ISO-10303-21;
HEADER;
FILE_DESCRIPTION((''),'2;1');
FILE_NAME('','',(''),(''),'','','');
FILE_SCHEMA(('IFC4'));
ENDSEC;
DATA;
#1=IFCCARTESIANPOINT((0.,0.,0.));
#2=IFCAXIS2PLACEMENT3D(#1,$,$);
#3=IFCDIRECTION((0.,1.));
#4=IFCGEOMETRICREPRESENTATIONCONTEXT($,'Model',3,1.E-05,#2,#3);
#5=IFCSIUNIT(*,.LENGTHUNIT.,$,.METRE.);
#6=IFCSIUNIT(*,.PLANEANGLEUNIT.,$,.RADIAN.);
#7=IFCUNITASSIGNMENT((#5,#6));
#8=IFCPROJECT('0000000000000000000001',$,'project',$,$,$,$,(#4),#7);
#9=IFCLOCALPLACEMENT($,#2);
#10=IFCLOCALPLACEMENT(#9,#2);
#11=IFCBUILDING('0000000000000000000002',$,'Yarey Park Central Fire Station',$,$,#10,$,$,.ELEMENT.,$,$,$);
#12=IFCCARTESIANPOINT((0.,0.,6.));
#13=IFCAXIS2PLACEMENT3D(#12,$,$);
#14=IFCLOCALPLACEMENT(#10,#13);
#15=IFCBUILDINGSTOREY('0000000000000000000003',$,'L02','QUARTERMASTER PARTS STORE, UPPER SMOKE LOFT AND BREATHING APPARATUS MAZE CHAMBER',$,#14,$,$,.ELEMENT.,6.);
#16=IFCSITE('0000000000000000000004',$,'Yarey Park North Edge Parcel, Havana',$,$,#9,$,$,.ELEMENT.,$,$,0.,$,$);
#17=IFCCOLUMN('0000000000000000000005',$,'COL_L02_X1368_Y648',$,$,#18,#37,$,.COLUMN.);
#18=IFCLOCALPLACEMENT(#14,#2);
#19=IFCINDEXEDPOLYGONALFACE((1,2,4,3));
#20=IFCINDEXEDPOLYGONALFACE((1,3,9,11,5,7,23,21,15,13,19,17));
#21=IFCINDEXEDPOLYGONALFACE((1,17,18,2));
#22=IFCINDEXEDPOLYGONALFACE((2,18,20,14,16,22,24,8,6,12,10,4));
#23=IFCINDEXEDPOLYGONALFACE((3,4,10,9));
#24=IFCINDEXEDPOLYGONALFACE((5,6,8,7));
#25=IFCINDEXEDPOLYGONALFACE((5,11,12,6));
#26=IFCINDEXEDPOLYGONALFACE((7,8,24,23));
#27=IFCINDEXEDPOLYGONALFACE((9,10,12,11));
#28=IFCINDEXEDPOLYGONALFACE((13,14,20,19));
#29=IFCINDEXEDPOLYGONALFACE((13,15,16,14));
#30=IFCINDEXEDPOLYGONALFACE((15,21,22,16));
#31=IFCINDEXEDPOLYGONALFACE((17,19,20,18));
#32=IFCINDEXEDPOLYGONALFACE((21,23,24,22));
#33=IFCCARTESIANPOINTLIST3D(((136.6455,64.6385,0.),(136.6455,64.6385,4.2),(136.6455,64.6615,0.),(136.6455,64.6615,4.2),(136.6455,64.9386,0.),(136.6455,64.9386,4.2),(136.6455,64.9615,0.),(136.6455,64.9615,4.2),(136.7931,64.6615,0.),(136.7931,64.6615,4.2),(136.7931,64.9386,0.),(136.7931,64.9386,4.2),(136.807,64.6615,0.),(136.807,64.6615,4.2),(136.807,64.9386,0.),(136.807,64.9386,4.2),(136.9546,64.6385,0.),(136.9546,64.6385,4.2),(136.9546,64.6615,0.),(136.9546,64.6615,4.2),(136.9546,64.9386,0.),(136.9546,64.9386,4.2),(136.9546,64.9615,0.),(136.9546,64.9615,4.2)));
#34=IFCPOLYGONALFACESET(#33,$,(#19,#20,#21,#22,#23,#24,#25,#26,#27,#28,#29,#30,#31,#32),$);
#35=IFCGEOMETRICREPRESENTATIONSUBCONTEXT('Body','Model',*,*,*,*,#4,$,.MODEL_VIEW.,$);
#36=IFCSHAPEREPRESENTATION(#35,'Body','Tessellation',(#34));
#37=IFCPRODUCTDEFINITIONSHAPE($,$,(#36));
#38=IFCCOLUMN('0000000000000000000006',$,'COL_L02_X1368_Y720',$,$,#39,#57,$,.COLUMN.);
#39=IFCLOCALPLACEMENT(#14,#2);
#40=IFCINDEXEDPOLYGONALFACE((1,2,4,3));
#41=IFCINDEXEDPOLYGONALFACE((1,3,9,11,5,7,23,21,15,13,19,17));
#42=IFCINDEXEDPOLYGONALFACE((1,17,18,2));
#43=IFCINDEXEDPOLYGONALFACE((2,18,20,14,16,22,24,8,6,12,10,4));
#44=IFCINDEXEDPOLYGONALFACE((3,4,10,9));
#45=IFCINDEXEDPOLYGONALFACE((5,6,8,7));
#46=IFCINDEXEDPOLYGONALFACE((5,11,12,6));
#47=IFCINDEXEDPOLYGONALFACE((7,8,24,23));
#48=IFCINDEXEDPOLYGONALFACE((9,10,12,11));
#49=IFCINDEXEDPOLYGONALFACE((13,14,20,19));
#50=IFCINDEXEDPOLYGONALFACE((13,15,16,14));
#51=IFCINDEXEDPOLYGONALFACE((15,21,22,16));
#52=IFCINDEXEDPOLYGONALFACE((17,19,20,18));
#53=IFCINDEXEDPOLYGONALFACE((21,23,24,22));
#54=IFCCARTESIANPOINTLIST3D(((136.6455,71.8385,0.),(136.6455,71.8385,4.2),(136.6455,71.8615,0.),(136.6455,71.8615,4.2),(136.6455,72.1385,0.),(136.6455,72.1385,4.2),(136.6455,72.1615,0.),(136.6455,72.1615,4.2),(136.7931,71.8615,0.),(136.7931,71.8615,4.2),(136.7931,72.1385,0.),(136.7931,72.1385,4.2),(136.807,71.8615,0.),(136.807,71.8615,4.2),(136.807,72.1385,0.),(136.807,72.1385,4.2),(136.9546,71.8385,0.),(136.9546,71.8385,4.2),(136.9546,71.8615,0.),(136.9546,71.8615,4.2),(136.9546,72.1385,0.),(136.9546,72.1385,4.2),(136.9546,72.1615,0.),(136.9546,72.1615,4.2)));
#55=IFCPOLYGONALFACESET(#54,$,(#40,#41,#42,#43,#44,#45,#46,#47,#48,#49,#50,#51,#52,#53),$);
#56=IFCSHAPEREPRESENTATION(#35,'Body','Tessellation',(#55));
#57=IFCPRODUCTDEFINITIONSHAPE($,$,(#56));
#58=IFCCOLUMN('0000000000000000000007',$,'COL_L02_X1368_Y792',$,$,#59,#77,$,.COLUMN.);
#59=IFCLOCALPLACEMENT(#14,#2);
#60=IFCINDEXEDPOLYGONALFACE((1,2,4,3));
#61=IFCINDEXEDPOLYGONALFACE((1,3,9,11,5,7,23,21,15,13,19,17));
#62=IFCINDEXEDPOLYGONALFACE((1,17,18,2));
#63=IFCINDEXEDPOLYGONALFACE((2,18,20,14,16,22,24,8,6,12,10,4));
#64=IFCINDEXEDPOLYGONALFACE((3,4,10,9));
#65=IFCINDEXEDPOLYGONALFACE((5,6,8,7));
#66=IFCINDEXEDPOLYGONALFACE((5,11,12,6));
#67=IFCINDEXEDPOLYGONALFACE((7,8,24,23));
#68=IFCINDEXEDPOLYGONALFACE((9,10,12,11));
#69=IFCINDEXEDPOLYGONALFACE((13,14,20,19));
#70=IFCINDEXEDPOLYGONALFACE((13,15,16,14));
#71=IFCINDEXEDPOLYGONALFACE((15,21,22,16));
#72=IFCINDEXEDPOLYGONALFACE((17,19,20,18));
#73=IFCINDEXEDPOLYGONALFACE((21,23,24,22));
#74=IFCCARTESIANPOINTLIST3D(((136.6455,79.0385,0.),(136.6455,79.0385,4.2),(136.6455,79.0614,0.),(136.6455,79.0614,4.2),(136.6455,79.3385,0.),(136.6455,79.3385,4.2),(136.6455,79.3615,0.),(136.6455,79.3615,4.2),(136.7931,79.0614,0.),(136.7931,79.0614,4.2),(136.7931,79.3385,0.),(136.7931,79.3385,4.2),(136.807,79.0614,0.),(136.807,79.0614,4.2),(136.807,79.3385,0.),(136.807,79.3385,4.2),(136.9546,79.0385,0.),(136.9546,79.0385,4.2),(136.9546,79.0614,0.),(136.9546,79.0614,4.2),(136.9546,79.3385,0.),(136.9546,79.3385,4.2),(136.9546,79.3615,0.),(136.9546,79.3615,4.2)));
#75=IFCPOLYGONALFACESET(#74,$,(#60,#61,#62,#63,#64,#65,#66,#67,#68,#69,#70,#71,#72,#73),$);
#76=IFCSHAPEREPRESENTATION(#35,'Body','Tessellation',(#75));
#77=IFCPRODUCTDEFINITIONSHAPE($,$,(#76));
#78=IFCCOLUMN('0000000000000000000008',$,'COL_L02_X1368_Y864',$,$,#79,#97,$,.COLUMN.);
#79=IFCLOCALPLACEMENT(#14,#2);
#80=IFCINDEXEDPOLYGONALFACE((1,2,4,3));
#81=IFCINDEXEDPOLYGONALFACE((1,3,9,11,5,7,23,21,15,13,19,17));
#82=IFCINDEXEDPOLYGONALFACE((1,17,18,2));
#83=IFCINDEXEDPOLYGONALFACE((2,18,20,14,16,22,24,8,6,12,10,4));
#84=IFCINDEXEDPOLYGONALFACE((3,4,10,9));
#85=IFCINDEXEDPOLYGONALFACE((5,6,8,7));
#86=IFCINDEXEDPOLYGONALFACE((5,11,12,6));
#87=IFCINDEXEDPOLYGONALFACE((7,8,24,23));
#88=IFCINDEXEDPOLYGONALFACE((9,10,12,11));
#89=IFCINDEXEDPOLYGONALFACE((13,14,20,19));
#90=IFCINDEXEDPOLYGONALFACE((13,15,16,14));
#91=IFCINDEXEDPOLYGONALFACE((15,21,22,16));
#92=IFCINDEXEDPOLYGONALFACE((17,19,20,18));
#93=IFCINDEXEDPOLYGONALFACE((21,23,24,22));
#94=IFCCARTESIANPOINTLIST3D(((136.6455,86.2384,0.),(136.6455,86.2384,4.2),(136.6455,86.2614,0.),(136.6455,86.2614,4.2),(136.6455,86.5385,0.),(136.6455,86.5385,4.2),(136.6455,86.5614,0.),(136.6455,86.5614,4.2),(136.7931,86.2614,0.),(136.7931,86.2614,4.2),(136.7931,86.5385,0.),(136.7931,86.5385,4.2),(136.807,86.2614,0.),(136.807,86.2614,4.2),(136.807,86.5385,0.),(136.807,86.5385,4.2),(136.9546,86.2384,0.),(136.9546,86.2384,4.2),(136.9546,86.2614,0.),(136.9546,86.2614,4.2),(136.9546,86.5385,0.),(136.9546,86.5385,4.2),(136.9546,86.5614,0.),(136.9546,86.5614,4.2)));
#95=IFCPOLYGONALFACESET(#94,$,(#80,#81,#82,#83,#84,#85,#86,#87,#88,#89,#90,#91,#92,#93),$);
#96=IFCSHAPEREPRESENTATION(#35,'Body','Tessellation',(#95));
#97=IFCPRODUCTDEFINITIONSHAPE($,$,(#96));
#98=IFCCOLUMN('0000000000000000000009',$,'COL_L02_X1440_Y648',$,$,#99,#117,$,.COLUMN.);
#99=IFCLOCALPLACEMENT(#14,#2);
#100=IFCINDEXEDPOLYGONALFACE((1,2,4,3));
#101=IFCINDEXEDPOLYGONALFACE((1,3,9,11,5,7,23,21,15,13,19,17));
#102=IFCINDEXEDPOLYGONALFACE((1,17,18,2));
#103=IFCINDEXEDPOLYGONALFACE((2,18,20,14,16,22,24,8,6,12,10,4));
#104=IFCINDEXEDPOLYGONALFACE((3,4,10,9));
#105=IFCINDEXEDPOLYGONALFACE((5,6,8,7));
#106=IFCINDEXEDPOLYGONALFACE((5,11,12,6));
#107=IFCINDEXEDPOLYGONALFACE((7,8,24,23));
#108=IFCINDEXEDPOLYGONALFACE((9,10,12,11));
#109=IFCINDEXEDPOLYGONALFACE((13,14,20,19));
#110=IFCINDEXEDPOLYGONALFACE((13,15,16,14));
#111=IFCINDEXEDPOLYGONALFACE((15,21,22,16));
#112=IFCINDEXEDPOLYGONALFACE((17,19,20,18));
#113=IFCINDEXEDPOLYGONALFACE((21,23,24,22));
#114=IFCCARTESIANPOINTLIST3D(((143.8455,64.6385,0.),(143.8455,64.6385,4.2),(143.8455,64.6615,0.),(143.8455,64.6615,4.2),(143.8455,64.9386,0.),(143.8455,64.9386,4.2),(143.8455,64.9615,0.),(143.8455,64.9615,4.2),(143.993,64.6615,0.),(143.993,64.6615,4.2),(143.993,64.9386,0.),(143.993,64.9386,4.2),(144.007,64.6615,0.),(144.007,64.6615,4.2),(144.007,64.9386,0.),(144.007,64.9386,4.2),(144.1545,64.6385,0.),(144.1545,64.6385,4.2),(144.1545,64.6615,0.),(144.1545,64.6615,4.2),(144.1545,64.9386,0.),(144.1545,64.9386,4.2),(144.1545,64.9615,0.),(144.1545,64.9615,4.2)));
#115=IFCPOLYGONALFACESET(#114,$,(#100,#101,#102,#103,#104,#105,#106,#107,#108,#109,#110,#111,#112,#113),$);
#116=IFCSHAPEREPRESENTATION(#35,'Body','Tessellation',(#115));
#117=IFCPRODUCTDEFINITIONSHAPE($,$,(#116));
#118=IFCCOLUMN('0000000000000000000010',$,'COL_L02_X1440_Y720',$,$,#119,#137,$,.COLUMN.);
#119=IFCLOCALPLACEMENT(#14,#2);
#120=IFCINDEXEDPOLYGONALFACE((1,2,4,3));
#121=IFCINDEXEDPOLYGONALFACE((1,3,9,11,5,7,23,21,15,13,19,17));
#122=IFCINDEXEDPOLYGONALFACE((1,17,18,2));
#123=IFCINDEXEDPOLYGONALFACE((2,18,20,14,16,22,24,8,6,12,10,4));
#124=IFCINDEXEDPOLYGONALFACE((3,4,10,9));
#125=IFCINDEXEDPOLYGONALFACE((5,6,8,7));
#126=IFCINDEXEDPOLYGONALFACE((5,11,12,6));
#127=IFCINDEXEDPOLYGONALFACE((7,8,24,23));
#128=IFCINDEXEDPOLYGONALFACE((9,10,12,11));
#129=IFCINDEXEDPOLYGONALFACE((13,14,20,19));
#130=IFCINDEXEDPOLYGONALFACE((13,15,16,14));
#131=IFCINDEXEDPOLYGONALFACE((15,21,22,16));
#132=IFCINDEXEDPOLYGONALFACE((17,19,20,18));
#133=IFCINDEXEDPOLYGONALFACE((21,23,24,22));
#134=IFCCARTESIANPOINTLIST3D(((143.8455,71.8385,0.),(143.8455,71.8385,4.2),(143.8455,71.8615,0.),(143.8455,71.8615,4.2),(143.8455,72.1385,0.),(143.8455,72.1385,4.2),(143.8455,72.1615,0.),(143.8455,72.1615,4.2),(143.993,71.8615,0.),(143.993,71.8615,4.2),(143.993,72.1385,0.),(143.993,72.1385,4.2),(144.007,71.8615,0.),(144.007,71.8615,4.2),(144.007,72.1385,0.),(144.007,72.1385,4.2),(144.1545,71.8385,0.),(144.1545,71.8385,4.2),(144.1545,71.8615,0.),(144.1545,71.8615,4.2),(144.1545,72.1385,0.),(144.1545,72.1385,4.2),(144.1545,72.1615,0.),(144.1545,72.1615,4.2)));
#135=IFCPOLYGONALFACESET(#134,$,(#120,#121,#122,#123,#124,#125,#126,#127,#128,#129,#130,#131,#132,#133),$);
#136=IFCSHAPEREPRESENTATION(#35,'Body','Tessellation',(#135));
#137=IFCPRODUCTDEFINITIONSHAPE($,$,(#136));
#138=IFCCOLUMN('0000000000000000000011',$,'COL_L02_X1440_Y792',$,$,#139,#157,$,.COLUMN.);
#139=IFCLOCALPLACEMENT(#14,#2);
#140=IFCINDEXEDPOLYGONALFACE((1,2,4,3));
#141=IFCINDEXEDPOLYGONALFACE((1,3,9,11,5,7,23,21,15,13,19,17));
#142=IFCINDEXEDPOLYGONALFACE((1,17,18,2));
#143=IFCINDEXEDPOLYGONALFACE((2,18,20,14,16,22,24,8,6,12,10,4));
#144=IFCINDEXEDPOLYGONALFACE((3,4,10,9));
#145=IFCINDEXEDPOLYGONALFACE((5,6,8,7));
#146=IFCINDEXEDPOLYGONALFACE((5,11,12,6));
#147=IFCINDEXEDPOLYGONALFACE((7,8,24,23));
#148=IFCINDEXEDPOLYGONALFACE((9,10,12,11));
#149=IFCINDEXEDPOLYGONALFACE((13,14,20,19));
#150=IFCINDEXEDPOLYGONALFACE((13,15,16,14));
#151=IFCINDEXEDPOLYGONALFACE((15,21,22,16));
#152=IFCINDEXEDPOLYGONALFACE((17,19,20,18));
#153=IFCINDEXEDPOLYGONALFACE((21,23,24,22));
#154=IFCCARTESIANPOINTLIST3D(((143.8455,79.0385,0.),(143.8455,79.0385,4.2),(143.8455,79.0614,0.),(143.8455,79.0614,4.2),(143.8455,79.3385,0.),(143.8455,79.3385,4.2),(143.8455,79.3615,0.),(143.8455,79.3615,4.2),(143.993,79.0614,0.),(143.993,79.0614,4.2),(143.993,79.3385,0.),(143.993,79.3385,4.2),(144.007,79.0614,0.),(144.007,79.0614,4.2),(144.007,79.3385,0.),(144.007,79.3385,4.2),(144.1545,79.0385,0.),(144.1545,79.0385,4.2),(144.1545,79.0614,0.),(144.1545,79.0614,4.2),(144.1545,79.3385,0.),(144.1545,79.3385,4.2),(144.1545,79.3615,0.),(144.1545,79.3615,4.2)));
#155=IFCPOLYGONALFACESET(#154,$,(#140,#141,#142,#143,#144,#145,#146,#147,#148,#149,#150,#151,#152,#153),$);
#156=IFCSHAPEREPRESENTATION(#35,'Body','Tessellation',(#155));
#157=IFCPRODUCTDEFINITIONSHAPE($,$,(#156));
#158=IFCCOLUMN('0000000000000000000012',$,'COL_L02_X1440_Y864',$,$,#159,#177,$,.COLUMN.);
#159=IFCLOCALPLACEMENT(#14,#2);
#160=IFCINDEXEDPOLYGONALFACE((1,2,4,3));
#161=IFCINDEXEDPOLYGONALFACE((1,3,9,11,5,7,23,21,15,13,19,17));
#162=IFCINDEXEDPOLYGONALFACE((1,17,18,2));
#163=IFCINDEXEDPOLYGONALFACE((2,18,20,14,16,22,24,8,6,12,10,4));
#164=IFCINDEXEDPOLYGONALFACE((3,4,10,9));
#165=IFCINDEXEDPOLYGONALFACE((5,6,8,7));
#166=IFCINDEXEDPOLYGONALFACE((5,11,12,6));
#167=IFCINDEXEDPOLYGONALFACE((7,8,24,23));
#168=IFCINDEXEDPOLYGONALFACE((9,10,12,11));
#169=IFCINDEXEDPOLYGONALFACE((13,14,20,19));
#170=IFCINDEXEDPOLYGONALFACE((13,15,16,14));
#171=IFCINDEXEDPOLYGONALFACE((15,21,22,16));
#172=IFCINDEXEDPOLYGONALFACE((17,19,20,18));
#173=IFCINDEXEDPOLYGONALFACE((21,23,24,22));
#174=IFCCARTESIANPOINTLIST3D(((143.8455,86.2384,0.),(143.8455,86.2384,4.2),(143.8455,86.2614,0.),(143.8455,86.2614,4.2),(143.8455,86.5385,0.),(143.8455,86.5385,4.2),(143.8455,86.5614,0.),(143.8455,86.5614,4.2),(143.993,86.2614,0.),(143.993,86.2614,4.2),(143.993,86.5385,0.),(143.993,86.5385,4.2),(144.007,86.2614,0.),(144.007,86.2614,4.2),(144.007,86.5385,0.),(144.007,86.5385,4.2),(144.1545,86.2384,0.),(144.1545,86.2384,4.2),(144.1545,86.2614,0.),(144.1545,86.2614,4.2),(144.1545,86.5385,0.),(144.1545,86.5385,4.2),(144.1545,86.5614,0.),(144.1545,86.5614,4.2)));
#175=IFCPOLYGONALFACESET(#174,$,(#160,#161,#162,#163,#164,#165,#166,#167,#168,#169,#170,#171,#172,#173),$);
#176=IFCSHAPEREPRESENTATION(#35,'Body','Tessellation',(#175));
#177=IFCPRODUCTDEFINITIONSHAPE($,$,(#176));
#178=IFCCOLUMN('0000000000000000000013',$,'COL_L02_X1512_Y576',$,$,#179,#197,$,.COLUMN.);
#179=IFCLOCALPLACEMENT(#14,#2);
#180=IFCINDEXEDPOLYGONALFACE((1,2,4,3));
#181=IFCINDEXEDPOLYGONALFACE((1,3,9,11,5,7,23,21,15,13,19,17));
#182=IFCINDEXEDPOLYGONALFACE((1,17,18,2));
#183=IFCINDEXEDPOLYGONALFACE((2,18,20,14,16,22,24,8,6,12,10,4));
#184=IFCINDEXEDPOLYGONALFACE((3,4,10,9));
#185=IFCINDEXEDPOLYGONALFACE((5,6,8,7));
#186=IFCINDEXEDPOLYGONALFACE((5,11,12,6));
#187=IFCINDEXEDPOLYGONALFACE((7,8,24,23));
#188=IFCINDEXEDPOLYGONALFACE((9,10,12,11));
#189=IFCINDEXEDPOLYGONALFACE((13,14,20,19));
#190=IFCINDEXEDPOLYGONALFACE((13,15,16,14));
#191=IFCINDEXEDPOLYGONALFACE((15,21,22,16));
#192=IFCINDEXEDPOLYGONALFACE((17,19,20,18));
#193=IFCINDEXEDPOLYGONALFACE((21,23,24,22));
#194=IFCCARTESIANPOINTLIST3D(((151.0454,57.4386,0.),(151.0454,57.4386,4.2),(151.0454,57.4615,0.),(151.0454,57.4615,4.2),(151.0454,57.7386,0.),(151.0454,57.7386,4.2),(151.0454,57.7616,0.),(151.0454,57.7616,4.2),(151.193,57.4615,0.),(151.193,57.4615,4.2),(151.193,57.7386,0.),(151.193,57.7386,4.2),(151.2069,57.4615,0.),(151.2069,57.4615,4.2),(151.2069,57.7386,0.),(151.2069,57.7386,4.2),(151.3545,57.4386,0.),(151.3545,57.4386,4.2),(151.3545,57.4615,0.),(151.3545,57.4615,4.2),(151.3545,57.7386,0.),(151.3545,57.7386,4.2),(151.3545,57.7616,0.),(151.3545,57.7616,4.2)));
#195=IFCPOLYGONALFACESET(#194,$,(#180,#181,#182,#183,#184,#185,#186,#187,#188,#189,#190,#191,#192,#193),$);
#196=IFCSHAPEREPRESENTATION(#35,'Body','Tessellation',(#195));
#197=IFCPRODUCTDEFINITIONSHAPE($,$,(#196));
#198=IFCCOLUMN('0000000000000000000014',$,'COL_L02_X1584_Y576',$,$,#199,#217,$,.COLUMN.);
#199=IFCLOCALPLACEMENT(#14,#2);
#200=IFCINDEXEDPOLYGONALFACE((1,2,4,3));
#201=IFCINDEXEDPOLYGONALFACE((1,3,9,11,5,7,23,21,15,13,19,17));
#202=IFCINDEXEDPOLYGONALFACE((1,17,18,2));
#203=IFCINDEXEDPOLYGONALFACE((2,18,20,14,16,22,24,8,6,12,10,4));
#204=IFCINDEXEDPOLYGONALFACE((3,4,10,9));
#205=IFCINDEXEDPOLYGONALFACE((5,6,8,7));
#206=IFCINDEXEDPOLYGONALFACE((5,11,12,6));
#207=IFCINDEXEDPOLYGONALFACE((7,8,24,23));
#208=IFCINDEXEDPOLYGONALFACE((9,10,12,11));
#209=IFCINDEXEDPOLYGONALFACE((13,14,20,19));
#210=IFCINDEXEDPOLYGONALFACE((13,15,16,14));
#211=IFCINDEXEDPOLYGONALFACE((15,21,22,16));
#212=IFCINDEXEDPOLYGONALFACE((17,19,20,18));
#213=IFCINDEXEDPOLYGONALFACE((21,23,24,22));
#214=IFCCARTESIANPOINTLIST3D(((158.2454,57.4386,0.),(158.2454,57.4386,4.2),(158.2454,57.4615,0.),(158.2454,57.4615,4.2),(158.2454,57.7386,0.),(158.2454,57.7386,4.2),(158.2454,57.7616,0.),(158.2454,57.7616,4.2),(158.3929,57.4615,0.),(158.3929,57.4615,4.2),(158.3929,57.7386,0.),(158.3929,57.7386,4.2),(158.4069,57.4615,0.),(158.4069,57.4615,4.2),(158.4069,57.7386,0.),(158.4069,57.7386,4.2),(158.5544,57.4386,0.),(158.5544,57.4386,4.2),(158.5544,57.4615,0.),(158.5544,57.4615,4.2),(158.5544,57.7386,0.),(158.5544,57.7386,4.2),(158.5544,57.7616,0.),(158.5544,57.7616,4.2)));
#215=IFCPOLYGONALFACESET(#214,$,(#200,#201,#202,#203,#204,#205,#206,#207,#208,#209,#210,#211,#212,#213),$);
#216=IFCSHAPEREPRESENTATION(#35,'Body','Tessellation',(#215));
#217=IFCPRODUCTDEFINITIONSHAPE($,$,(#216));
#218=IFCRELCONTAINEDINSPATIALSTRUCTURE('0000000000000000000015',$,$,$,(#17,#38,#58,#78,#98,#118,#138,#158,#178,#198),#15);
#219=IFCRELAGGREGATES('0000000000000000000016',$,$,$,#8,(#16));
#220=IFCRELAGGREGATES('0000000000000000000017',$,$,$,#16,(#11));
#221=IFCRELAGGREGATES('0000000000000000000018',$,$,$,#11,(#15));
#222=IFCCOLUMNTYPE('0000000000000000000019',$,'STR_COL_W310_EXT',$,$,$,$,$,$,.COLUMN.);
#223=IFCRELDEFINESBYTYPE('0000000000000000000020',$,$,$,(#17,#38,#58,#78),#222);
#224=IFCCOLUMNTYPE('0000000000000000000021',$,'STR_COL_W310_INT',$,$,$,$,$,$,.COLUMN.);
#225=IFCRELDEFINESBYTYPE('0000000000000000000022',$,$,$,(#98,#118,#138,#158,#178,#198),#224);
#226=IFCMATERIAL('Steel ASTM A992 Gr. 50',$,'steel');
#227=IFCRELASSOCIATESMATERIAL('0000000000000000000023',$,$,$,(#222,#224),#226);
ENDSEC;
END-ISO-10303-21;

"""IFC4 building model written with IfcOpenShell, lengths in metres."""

from ifc_helpers import new_model, si_unit, direction, frame, origin, origin_2d, place, context, subcontext, project, spatial, i_section, extrude, material, material_profile, profile_set, type_object, element, save


model = new_model("IFC4")

# Units and contexts
model_context = context("Model", 3, precision=1e-05, world=origin(), true_north=direction((0.0, 1.0)))
body_context = subcontext(model_context, "Body", "Model", "MODEL_VIEW")
ifc_project = project(units=[si_unit("LENGTHUNIT", "METRE"), si_unit("PLANEANGLEUNIT", "RADIAN")], contexts=[model_context])

# Site, building, storey
site_placement = place(None, origin())
site = spatial("IfcSite", under=ifc_project, at=site_placement, Name="Yarey Park North Edge Parcel, Havana", CompositionType="ELEMENT", RefElevation=0.0)
building_placement = place(site_placement, origin())
building = spatial("IfcBuilding", under=site, at=building_placement, Name="Yarey Park Central Fire Station", CompositionType="ELEMENT")
storey_placement = place(building_placement, frame((0.0, 0.0, 6.0)))
storey = spatial("IfcBuildingStorey", under=building, at=storey_placement, Name="L02", Description="QUARTERMASTER PARTS STORE, UPPER SMOKE LOFT AND BREATHING APPARATUS MAZE CHAMBER", CompositionType="ELEMENT", Elevation=6.0)

# Columns
ifc_material_1 = material(Name="Steel ASTM A992 Gr. 50", Category="steel")
ifc_material_profile_1 = material_profile(ifc_material_1, i_section(OverallWidth=0.3091, OverallDepth=0.323, WebThickness=0.0139, FlangeThickness=0.0229, at=origin_2d()), Name="W310x143")
ifc_profile_set_1 = profile_set([ifc_material_profile_1], Name="Steel ASTM A992 Gr. 50")
column_type_1 = type_object("IfcColumnType", Name="STR_COL_W310_EXT", PredefinedType="COLUMN", material=ifc_profile_set_1)
for number, where, z_axis, x_axis, name in (
    (1, (136.8, 64.8, 0.0), (0.0, 0.0, 1.0), (1.0, 0.0, 0.0), "COL_L02_X1368_Y648"),
    (2, (136.8, 72.0, 0.0), (0.0, 0.0, 1.0), (1.0, 0.0, 0.0), "COL_L02_X1368_Y720"),
    (3, (136.8, 79.2, 0.0), (0.0, 0.0, 1.0), (1.0, 0.0, 0.0), "COL_L02_X1368_Y792"),
    (4, (136.8, 86.3999, 0.0), (0.0, 0.0, 1.0), (1.0, 0.0, 0.0), "COL_L02_X1368_Y864"),
):
    element("IfcColumn", number, at=place(storey_placement, frame(where, z_axis=z_axis, x_axis=x_axis)), inside=storey, type_object=column_type_1, Name=name, PredefinedType="COLUMN", context=body_context, shape_type="SweptSolid", body=[
        extrude(i_section(OverallWidth=0.3091, OverallDepth=0.323, WebThickness=0.0139, FlangeThickness=0.0229, at=origin_2d()), origin(), (0.0, 0.0, 1.0), 4.2),
    ])
ifc_material_profile_2 = material_profile(ifc_material_1, i_section(OverallWidth=0.3091, OverallDepth=0.323, WebThickness=0.0139, FlangeThickness=0.0229, at=origin_2d()), Name="W310x143")
ifc_profile_set_2 = profile_set([ifc_material_profile_2], Name="Steel ASTM A992 Gr. 50")
column_type_2 = type_object("IfcColumnType", Name="STR_COL_W310_INT", PredefinedType="COLUMN", material=ifc_profile_set_2)
for number, where, z_axis, x_axis, name in (
    (5, (144.0, 64.8, 0.0), (0.0, 0.0, 1.0), (1.0, 0.0, 0.0), "COL_L02_X1440_Y648"),
    (6, (144.0, 72.0, 0.0), (0.0, 0.0, 1.0), (1.0, 0.0, 0.0), "COL_L02_X1440_Y720"),
    (7, (144.0, 79.2, 0.0), (0.0, 0.0, 1.0), (1.0, 0.0, 0.0), "COL_L02_X1440_Y792"),
    (8, (144.0, 86.3999, 0.0), (0.0, 0.0, 1.0), (1.0, 0.0, 0.0), "COL_L02_X1440_Y864"),
    (9, (151.2, 57.6001, 0.0), (0.0, 0.0, 1.0), (1.0, 0.0, 0.0), "COL_L02_X1512_Y576"),
    (10, (158.3999, 57.6001, 0.0), (0.0, 0.0, 1.0), (1.0, 0.0, 0.0), "COL_L02_X1584_Y576"),
):
    element("IfcColumn", number, at=place(storey_placement, frame(where, z_axis=z_axis, x_axis=x_axis)), inside=storey, type_object=column_type_2, Name=name, PredefinedType="COLUMN", context=body_context, shape_type="SweptSolid", body=[
        extrude(i_section(OverallWidth=0.3091, OverallDepth=0.323, WebThickness=0.0139, FlangeThickness=0.0229, at=origin_2d()), origin(), (0.0, 0.0, 1.0), 4.2),
    ])

save(model, "model.ifc")
